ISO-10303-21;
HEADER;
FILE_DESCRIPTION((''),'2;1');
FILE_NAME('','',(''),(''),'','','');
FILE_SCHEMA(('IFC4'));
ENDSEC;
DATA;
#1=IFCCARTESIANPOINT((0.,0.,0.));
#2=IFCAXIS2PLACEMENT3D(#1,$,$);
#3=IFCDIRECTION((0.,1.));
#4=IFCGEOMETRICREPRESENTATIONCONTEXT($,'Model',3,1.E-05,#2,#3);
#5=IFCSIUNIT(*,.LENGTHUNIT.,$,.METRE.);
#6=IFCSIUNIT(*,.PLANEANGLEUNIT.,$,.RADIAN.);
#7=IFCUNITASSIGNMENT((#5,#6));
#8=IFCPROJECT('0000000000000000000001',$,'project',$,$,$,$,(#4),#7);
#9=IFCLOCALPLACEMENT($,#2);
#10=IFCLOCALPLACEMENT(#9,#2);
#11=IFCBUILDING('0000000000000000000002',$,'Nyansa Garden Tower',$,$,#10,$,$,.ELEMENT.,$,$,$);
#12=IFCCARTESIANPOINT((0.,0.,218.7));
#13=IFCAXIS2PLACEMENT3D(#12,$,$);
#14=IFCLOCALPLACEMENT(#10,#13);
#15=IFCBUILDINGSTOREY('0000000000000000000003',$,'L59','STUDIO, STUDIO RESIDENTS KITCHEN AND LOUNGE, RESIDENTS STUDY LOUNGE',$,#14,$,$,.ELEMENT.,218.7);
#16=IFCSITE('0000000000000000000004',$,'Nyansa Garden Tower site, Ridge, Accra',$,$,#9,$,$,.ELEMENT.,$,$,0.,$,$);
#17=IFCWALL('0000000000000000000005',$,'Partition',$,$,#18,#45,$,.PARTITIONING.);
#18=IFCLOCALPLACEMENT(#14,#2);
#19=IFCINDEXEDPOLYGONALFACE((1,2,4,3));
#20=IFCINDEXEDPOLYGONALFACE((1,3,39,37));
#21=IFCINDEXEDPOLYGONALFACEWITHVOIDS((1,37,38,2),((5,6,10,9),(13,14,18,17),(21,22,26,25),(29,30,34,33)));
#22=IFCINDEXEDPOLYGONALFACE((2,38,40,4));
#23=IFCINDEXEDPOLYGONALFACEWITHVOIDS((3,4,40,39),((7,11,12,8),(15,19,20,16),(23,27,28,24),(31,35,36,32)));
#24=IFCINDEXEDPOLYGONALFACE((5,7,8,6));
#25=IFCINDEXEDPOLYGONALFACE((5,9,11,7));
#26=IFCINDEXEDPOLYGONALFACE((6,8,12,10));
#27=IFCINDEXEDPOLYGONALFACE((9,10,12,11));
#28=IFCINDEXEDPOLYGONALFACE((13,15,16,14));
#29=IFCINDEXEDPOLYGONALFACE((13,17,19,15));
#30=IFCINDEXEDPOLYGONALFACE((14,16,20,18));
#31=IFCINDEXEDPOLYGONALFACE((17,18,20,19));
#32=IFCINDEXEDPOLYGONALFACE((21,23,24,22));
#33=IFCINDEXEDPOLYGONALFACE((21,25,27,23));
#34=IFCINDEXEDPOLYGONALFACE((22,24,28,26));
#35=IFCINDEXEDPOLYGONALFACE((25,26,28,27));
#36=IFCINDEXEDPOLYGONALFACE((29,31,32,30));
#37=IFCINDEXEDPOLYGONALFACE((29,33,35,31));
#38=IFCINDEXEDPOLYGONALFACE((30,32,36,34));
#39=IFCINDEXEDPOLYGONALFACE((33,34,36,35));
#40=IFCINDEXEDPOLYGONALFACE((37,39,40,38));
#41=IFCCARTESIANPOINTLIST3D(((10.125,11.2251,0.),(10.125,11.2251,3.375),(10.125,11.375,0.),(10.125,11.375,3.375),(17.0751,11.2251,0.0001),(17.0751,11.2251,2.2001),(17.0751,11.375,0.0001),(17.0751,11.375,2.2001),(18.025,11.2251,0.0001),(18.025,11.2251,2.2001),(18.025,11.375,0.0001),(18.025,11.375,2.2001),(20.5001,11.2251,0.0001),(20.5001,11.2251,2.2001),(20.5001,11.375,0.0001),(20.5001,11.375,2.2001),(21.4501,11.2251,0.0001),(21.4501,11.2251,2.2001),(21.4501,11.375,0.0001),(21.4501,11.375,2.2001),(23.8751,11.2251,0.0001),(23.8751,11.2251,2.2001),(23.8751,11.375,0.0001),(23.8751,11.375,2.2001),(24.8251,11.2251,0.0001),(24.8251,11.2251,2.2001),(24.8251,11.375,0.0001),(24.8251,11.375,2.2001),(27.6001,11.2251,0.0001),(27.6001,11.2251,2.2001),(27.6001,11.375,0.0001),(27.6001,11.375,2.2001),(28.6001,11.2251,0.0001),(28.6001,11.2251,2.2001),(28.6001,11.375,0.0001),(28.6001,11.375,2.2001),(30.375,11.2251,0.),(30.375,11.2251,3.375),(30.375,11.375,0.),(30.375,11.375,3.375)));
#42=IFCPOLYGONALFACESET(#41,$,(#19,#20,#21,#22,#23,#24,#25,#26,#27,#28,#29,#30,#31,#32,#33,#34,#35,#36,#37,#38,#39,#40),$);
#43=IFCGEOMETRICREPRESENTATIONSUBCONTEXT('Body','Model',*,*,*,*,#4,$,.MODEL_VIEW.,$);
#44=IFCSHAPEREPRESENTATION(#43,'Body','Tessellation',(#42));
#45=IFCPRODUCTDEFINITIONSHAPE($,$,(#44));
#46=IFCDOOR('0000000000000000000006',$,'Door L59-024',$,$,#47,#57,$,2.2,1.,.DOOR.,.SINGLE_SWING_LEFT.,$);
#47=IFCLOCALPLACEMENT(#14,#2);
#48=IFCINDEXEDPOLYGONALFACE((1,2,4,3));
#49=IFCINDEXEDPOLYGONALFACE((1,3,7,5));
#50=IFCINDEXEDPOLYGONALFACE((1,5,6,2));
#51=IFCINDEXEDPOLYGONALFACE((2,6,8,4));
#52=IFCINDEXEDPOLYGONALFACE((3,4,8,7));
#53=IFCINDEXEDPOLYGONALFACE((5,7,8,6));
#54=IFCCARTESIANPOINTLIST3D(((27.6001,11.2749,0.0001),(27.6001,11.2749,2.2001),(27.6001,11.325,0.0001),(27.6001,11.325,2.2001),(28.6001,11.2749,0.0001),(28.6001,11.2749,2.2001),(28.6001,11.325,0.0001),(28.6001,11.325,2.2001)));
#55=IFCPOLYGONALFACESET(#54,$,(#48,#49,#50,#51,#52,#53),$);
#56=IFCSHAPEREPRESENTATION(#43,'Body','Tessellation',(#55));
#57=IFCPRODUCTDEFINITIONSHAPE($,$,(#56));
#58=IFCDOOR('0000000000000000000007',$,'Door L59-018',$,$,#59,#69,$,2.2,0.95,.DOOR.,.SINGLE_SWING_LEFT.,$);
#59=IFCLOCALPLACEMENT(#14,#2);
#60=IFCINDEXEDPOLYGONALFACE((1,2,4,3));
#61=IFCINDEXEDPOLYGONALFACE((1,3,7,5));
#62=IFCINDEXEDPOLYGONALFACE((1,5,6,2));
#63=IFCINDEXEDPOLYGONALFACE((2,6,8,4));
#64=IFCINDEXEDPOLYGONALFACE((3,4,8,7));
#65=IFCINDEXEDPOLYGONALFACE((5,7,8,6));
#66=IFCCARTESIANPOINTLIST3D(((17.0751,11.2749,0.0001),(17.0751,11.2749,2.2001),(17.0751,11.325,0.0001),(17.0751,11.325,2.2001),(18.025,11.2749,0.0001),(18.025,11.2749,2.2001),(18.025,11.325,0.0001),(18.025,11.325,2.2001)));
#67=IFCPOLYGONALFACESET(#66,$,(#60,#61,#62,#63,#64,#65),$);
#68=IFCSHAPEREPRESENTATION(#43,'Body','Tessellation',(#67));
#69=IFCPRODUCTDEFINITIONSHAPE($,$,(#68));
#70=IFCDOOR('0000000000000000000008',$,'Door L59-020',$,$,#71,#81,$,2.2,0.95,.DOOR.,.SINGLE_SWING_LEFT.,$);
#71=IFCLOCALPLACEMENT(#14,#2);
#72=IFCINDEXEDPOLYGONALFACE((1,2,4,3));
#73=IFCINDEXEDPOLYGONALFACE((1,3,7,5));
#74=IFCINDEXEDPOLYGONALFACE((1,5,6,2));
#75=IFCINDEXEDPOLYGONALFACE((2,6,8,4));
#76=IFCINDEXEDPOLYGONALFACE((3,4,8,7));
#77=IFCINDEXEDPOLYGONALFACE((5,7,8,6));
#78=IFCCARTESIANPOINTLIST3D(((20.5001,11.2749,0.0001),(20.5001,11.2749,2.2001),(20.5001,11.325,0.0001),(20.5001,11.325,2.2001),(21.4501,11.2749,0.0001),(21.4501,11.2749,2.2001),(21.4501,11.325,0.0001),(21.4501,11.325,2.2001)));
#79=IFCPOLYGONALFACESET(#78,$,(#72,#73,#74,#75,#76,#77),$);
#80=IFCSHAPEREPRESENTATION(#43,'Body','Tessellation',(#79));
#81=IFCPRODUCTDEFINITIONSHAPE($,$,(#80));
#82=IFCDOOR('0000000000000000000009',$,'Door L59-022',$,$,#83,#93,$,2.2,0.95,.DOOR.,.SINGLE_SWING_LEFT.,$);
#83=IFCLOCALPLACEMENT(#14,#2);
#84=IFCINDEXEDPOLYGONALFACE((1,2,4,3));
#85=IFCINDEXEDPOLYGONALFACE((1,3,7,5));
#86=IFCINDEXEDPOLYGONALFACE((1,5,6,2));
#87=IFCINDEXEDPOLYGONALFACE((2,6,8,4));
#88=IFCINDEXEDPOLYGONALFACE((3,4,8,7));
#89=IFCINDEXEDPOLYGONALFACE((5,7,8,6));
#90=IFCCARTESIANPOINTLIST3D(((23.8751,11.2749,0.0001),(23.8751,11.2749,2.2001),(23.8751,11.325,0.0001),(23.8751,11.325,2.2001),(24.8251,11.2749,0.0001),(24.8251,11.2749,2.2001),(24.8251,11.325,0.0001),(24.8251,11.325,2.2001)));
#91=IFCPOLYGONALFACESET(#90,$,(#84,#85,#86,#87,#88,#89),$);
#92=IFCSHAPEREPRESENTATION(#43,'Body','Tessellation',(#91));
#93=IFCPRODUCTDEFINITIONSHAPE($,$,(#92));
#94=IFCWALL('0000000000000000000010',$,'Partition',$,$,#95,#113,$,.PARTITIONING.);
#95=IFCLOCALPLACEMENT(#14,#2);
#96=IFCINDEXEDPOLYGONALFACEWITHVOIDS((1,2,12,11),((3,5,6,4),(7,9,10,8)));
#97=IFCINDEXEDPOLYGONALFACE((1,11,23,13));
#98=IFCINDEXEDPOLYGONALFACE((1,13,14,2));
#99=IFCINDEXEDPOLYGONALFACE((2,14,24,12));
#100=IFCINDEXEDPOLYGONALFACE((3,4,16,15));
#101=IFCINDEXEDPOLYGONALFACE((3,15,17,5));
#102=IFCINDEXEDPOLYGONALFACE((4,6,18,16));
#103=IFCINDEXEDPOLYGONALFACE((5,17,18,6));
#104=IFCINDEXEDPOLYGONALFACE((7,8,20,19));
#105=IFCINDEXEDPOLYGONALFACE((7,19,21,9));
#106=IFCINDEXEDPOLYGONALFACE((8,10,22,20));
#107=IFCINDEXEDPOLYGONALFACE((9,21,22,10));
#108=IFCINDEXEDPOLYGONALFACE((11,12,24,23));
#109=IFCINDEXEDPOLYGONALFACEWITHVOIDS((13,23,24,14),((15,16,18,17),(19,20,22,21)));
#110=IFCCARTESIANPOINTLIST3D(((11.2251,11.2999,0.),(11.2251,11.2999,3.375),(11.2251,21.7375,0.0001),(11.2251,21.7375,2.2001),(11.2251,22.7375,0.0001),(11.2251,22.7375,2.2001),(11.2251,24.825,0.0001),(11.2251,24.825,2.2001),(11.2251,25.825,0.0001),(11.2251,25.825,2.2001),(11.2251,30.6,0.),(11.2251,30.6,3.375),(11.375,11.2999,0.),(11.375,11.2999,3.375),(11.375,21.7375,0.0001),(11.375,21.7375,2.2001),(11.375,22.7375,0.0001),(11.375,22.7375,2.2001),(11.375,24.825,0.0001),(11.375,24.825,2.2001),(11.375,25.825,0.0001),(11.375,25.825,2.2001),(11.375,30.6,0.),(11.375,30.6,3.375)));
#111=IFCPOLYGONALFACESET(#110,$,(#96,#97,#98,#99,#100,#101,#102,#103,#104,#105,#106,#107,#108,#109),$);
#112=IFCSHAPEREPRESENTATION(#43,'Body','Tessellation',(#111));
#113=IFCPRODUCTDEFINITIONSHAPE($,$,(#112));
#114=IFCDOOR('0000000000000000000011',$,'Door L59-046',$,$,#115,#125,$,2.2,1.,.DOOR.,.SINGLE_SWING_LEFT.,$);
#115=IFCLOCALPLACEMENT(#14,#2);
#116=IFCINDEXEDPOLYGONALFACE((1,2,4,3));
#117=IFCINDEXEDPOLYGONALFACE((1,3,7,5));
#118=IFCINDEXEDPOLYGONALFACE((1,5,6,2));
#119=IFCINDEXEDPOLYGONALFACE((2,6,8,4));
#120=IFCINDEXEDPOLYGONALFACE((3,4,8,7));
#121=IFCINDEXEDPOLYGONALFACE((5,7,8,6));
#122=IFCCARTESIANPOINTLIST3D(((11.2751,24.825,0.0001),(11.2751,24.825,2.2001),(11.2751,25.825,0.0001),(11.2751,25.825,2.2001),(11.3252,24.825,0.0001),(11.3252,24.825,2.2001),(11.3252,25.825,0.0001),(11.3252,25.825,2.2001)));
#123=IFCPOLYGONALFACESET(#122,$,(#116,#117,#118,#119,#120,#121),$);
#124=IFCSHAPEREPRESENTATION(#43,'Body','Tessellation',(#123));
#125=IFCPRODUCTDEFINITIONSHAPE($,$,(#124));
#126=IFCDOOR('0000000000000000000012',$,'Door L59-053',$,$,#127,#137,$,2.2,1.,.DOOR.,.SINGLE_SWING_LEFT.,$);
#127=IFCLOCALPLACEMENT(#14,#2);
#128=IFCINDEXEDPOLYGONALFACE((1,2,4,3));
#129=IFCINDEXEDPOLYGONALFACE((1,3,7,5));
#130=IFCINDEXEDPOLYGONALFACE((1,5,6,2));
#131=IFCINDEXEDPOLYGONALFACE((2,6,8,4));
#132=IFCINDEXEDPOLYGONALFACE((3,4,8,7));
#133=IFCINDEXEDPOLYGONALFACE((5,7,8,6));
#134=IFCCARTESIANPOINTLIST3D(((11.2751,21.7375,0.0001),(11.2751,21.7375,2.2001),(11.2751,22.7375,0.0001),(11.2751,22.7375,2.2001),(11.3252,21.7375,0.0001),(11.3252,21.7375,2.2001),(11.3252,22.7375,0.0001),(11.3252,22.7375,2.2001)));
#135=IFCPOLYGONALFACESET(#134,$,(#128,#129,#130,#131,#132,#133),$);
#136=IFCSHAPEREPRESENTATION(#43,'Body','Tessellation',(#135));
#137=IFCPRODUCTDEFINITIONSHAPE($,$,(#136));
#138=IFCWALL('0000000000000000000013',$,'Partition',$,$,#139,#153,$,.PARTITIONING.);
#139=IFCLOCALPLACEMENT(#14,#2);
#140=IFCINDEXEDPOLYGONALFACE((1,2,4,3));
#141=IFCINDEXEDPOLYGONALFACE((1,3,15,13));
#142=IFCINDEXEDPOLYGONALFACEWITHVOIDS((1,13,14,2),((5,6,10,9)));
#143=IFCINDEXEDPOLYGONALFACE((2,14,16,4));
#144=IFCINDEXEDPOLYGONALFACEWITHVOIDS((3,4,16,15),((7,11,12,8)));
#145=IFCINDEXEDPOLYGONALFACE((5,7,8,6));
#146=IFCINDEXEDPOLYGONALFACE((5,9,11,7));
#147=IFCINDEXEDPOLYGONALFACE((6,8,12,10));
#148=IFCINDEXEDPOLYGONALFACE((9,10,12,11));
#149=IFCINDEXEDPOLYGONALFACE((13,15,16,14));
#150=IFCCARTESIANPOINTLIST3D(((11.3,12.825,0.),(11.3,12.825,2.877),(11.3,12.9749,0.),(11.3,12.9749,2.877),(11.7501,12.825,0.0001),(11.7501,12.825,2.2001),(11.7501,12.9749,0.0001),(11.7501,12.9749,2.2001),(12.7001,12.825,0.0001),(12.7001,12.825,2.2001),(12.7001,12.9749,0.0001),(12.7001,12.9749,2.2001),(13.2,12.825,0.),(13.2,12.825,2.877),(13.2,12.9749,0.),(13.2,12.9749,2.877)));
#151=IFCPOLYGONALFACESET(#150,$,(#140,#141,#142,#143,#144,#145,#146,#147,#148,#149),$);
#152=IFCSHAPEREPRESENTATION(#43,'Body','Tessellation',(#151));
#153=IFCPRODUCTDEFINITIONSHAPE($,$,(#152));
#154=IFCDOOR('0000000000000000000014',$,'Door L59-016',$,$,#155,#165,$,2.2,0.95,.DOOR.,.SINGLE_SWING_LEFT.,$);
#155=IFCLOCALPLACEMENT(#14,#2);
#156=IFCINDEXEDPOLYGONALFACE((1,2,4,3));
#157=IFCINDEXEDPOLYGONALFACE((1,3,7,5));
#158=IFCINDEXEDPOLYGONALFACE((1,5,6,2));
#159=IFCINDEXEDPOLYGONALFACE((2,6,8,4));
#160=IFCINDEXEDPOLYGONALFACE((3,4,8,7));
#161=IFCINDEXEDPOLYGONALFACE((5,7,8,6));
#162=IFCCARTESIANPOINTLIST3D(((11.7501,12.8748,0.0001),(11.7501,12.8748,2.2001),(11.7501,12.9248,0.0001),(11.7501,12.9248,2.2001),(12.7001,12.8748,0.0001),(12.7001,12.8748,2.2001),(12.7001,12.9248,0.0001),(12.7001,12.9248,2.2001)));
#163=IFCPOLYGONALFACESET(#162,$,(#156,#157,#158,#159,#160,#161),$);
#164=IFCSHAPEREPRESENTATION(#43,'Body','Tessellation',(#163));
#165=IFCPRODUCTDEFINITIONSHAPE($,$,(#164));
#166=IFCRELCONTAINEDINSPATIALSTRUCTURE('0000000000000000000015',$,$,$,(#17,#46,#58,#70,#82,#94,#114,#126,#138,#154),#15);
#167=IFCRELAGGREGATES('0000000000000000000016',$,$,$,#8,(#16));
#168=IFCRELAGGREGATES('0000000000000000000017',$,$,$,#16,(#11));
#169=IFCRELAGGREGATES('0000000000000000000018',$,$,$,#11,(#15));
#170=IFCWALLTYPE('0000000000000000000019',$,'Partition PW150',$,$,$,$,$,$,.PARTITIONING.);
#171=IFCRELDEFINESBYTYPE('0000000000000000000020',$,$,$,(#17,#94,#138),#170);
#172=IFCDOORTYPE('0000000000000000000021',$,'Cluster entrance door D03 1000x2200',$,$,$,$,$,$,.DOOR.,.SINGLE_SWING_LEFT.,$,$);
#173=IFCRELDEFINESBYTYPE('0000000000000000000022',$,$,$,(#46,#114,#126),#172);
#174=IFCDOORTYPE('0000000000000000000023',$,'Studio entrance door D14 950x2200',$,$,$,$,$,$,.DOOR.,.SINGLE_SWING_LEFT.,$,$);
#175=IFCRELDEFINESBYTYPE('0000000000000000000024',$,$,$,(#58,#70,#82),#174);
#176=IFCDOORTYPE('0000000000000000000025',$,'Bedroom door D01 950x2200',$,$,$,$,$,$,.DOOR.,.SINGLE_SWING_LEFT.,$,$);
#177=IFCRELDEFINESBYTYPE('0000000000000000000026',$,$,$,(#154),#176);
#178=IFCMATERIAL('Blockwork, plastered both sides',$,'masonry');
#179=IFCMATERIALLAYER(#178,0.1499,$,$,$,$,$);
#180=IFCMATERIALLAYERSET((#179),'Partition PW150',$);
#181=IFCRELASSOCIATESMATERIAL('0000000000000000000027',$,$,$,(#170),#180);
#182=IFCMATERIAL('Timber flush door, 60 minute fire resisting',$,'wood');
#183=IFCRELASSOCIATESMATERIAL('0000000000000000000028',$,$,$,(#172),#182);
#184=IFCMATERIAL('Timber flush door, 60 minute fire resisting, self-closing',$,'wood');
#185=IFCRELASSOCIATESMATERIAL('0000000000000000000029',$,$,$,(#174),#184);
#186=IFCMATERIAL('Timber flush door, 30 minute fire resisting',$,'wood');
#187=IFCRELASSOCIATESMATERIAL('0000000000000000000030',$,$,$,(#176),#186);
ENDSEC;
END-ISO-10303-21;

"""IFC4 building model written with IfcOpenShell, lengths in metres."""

from ifc_helpers import new_model, si_unit, direction, frame, frame_2d, origin, place, context, subcontext, project, spatial, rectangle, extrude, material, layer, layer_set, type_object, element, fill, save


model = new_model("IFC4")

# Units and contexts
model_context = context("Model", 3, precision=1e-05, world=origin(), true_north=direction((0.0, 1.0)))
body_context = subcontext(model_context, "Body", "Model", "MODEL_VIEW")
ifc_project = project(units=[si_unit("LENGTHUNIT", "METRE"), si_unit("PLANEANGLEUNIT", "RADIAN")], contexts=[model_context])

# Site, building, storey
site_placement = place(None, origin())
site = spatial("IfcSite", under=ifc_project, at=site_placement, Name="Nyansa Garden Tower site, Ridge, Accra", CompositionType="ELEMENT", RefElevation=0.0)
building_placement = place(site_placement, origin())
building = spatial("IfcBuilding", under=site, at=building_placement, Name="Nyansa Garden Tower", CompositionType="ELEMENT")
storey_placement = place(building_placement, frame((0.0, 0.0, 218.7)))
storey = spatial("IfcBuildingStorey", under=building, at=storey_placement, Name="L59", Description="STUDIO, STUDIO RESIDENTS KITCHEN AND LOUNGE, RESIDENTS STUDY LOUNGE", CompositionType="ELEMENT", Elevation=218.7)

# Walls, openings, doors
ifc_material_1 = material(Name="Blockwork, plastered both sides", Category="masonry")
ifc_layer_1 = layer(ifc_material_1, 0.1499)
ifc_layer_set_1 = layer_set([ifc_layer_1], Name="Partition PW150")
wall_type_1 = type_object("IfcWallType", Name="Partition PW150", PredefinedType="PARTITIONING", material=ifc_layer_set_1)
wall_1_placement = place(storey_placement, frame((10.125, 11.3, 0.0), z_axis=(0.0, 0.0, 1.0), x_axis=(1.0, 0.0, 0.0)))
wall_1 = element("IfcWall", 1, at=wall_1_placement, inside=storey, type_object=wall_type_1, Name="Partition", PredefinedType="PARTITIONING", context=body_context, shape_type="SweptSolid", body=[
    extrude(rectangle(XDim=20.25, YDim=0.1499, at=frame_2d((10.125, 0.0))), origin(), (0.0, 0.0, 1.0), 3.375),
])
opening_1_placement = place(wall_1_placement, frame((6.95, 0.0, 0.0)))
opening_1 = element("IfcOpeningElement", 2, at=opening_1_placement, cuts=wall_1, PredefinedType="OPENING", context=body_context, shape_type="SweptSolid", body=[
    extrude(rectangle(XDim=0.95, YDim=2.2, at=frame_2d((0.4751, 1.1001))), frame((0.0, 0.085, 0.0), z_axis=(0.0, -1.0, 0.0), x_axis=(1.0, 0.0, 0.0)), (0.0, 0.0, 1.0), 0.1699),
])
opening_2_placement = place(wall_1_placement, frame((10.375, 0.0, 0.0)))
opening_2 = element("IfcOpeningElement", 3, at=opening_2_placement, cuts=wall_1, PredefinedType="OPENING", context=body_context, shape_type="SweptSolid", body=[
    extrude(rectangle(XDim=0.95, YDim=2.2, at=frame_2d((0.4751, 1.1001))), frame((0.0, 0.085, 0.0), z_axis=(0.0, -1.0, 0.0), x_axis=(1.0, 0.0, 0.0)), (0.0, 0.0, 1.0), 0.1699),
])
opening_3_placement = place(wall_1_placement, frame((13.75, 0.0, 0.0)))
opening_3 = element("IfcOpeningElement", 4, at=opening_3_placement, cuts=wall_1, PredefinedType="OPENING", context=body_context, shape_type="SweptSolid", body=[
    extrude(rectangle(XDim=0.95, YDim=2.2, at=frame_2d((0.4751, 1.1001))), frame((0.0, 0.085, 0.0), z_axis=(0.0, -1.0, 0.0), x_axis=(1.0, 0.0, 0.0)), (0.0, 0.0, 1.0), 0.1699),
])
opening_4_placement = place(wall_1_placement, frame((17.4751, 0.0, 0.0)))
opening_4 = element("IfcOpeningElement", 5, at=opening_4_placement, cuts=wall_1, PredefinedType="OPENING", context=body_context, shape_type="SweptSolid", body=[
    extrude(rectangle(XDim=1.0, YDim=2.2, at=frame_2d((0.5, 1.1001))), frame((0.0, 0.085, 0.0), z_axis=(0.0, -1.0, 0.0), x_axis=(1.0, 0.0, 0.0)), (0.0, 0.0, 1.0), 0.1699),
])
ifc_material_2 = material(Name="Timber flush door, 60 minute fire resisting", Category="wood")
door_type_1 = type_object("IfcDoorType", Name="Cluster entrance door D03 1000x2200", OperationType="SINGLE_SWING_LEFT", PredefinedType="DOOR", material=ifc_material_2)
door_1_placement = place(opening_4_placement, origin())
door_1 = element("IfcDoor", 6, at=door_1_placement, inside=storey, type_object=door_type_1, Name="Door L59-024", OperationType="SINGLE_SWING_LEFT", OverallHeight=2.2, OverallWidth=1.0, PredefinedType="DOOR", context=body_context, shape_type="SweptSolid", body=[
    extrude(rectangle(XDim=1.0, YDim=2.2, at=frame_2d((0.5, 1.1001))), frame((0.0, 0.0249, 0.0), z_axis=(0.0, -1.0, 0.0), x_axis=(1.0, 0.0, 0.0)), (0.0, 0.0, 1.0), 0.05),
])
fill(opening_4, door_1)
ifc_material_3 = material(Name="Timber flush door, 60 minute fire resisting, self-closing", Category="wood")
door_type_2 = type_object("IfcDoorType", Name="Studio entrance door D14 950x2200", OperationType="SINGLE_SWING_LEFT", PredefinedType="DOOR", material=ifc_material_3)
door_2_placement = place(opening_1_placement, origin())
door_2 = element("IfcDoor", 7, at=door_2_placement, inside=storey, type_object=door_type_2, Name="Door L59-018", OperationType="SINGLE_SWING_LEFT", OverallHeight=2.2, OverallWidth=0.95, PredefinedType="DOOR", context=body_context, shape_type="SweptSolid", body=[
    extrude(rectangle(XDim=0.95, YDim=2.2, at=frame_2d((0.4751, 1.1001))), frame((0.0, 0.0249, 0.0), z_axis=(0.0, -1.0, 0.0), x_axis=(1.0, 0.0, 0.0)), (0.0, 0.0, 1.0), 0.05),
])
fill(opening_1, door_2)
door_3_placement = place(opening_2_placement, origin())
door_3 = element("IfcDoor", 8, at=door_3_placement, inside=storey, type_object=door_type_2, Name="Door L59-020", OperationType="SINGLE_SWING_LEFT", OverallHeight=2.2, OverallWidth=0.95, PredefinedType="DOOR", context=body_context, shape_type="SweptSolid", body=[
    extrude(rectangle(XDim=0.95, YDim=2.2, at=frame_2d((0.4751, 1.1001))), frame((0.0, 0.0249, 0.0), z_axis=(0.0, -1.0, 0.0), x_axis=(1.0, 0.0, 0.0)), (0.0, 0.0, 1.0), 0.05),
])
fill(opening_2, door_3)
door_4_placement = place(opening_3_placement, origin())
door_4 = element("IfcDoor", 9, at=door_4_placement, inside=storey, type_object=door_type_2, Name="Door L59-022", OperationType="SINGLE_SWING_LEFT", OverallHeight=2.2, OverallWidth=0.95, PredefinedType="DOOR", context=body_context, shape_type="SweptSolid", body=[
    extrude(rectangle(XDim=0.95, YDim=2.2, at=frame_2d((0.4751, 1.1001))), frame((0.0, 0.0249, 0.0), z_axis=(0.0, -1.0, 0.0), x_axis=(1.0, 0.0, 0.0)), (0.0, 0.0, 1.0), 0.05),
])
fill(opening_3, door_4)
wall_2_placement = place(storey_placement, frame((11.3, 11.3, 0.0), z_axis=(0.0, 0.0, 1.0), x_axis=(0.0, 1.0, 0.0)))
wall_2 = element("IfcWall", 10, at=wall_2_placement, inside=storey, type_object=wall_type_1, Name="Partition", PredefinedType="PARTITIONING", context=body_context, shape_type="SweptSolid", body=[
    extrude(rectangle(XDim=19.3, YDim=0.1499, at=frame_2d((9.6499, 0.0))), origin(), (0.0, 0.0, 1.0), 3.375),
])
opening_5_placement = place(wall_2_placement, frame((13.5249, 0.0, 0.0)))
opening_5 = element("IfcOpeningElement", 11, at=opening_5_placement, cuts=wall_2, PredefinedType="OPENING", context=body_context, shape_type="SweptSolid", body=[
    extrude(rectangle(XDim=1.0, YDim=2.2, at=frame_2d((0.5, 1.1001))), frame((0.0, 0.085, 0.0), z_axis=(0.0, -1.0, 0.0), x_axis=(1.0, 0.0, 0.0)), (0.0, 0.0, 1.0), 0.1699),
])
opening_6_placement = place(wall_2_placement, frame((10.4375, 0.0, 0.0)))
opening_6 = element("IfcOpeningElement", 12, at=opening_6_placement, cuts=wall_2, PredefinedType="OPENING", context=body_context, shape_type="SweptSolid", body=[
    extrude(rectangle(XDim=1.0, YDim=2.2, at=frame_2d((0.5, 1.1001))), frame((0.0, 0.085, 0.0), z_axis=(0.0, -1.0, 0.0), x_axis=(1.0, 0.0, 0.0)), (0.0, 0.0, 1.0), 0.1699),
])
door_5_placement = place(opening_5_placement, origin())
door_5 = element("IfcDoor", 13, at=door_5_placement, inside=storey, type_object=door_type_1, Name="Door L59-046", OperationType="SINGLE_SWING_LEFT", OverallHeight=2.2, OverallWidth=1.0, PredefinedType="DOOR", context=body_context, shape_type="SweptSolid", body=[
    extrude(rectangle(XDim=1.0, YDim=2.2, at=frame_2d((0.5, 1.1001))), frame((0.0, 0.0249, 0.0), z_axis=(0.0, -1.0, 0.0), x_axis=(1.0, 0.0, 0.0)), (0.0, 0.0, 1.0), 0.05),
])
fill(opening_5, door_5)
door_6_placement = place(opening_6_placement, origin())
door_6 = element("IfcDoor", 14, at=door_6_placement, inside=storey, type_object=door_type_1, Name="Door L59-053", OperationType="SINGLE_SWING_LEFT", OverallHeight=2.2, OverallWidth=1.0, PredefinedType="DOOR", context=body_context, shape_type="SweptSolid", body=[
    extrude(rectangle(XDim=1.0, YDim=2.2, at=frame_2d((0.5, 1.1001))), frame((0.0, 0.0249, 0.0), z_axis=(0.0, -1.0, 0.0), x_axis=(1.0, 0.0, 0.0)), (0.0, 0.0, 1.0), 0.05),
])
fill(opening_6, door_6)

# Wall, opening, door
wall_3_placement = place(storey_placement, frame((11.3, 12.8999, 0.0), z_axis=(0.0, 0.0, 1.0), x_axis=(1.0, 0.0, 0.0)))
wall_3 = element("IfcWall", 15, at=wall_3_placement, inside=storey, type_object=wall_type_1, Name="Partition", PredefinedType="PARTITIONING", context=body_context, shape_type="SweptSolid", body=[
    extrude(rectangle(XDim=1.8999, YDim=0.1499, at=frame_2d((0.95, 0.0))), origin(), (0.0, 0.0, 1.0), 2.877),
])
opening_7_placement = place(wall_3_placement, frame((0.45, 0.0, 0.0)))
opening_7 = element("IfcOpeningElement", 16, at=opening_7_placement, cuts=wall_3, PredefinedType="OPENING", context=body_context, shape_type="SweptSolid", body=[
    extrude(rectangle(XDim=0.95, YDim=2.2, at=frame_2d((0.4751, 1.1001))), frame((0.0, 0.085, 0.0), z_axis=(0.0, -1.0, 0.0), x_axis=(1.0, 0.0, 0.0)), (0.0, 0.0, 1.0), 0.1699),
])
ifc_material_4 = material(Name="Timber flush door, 30 minute fire resisting", Category="wood")
door_type_3 = type_object("IfcDoorType", Name="Bedroom door D01 950x2200", OperationType="SINGLE_SWING_LEFT", PredefinedType="DOOR", material=ifc_material_4)
door_7_placement = place(opening_7_placement, origin())
door_7 = element("IfcDoor", 17, at=door_7_placement, inside=storey, type_object=door_type_3, Name="Door L59-016", OperationType="SINGLE_SWING_LEFT", OverallHeight=2.2, OverallWidth=0.95, PredefinedType="DOOR", context=body_context, shape_type="SweptSolid", body=[
    extrude(rectangle(XDim=0.95, YDim=2.2, at=frame_2d((0.4751, 1.1001))), frame((0.0, 0.0249, 0.0), z_axis=(0.0, -1.0, 0.0), x_axis=(1.0, 0.0, 0.0)), (0.0, 0.0, 1.0), 0.05),
])
fill(opening_7, door_7)

save(model, "model.ifc")
